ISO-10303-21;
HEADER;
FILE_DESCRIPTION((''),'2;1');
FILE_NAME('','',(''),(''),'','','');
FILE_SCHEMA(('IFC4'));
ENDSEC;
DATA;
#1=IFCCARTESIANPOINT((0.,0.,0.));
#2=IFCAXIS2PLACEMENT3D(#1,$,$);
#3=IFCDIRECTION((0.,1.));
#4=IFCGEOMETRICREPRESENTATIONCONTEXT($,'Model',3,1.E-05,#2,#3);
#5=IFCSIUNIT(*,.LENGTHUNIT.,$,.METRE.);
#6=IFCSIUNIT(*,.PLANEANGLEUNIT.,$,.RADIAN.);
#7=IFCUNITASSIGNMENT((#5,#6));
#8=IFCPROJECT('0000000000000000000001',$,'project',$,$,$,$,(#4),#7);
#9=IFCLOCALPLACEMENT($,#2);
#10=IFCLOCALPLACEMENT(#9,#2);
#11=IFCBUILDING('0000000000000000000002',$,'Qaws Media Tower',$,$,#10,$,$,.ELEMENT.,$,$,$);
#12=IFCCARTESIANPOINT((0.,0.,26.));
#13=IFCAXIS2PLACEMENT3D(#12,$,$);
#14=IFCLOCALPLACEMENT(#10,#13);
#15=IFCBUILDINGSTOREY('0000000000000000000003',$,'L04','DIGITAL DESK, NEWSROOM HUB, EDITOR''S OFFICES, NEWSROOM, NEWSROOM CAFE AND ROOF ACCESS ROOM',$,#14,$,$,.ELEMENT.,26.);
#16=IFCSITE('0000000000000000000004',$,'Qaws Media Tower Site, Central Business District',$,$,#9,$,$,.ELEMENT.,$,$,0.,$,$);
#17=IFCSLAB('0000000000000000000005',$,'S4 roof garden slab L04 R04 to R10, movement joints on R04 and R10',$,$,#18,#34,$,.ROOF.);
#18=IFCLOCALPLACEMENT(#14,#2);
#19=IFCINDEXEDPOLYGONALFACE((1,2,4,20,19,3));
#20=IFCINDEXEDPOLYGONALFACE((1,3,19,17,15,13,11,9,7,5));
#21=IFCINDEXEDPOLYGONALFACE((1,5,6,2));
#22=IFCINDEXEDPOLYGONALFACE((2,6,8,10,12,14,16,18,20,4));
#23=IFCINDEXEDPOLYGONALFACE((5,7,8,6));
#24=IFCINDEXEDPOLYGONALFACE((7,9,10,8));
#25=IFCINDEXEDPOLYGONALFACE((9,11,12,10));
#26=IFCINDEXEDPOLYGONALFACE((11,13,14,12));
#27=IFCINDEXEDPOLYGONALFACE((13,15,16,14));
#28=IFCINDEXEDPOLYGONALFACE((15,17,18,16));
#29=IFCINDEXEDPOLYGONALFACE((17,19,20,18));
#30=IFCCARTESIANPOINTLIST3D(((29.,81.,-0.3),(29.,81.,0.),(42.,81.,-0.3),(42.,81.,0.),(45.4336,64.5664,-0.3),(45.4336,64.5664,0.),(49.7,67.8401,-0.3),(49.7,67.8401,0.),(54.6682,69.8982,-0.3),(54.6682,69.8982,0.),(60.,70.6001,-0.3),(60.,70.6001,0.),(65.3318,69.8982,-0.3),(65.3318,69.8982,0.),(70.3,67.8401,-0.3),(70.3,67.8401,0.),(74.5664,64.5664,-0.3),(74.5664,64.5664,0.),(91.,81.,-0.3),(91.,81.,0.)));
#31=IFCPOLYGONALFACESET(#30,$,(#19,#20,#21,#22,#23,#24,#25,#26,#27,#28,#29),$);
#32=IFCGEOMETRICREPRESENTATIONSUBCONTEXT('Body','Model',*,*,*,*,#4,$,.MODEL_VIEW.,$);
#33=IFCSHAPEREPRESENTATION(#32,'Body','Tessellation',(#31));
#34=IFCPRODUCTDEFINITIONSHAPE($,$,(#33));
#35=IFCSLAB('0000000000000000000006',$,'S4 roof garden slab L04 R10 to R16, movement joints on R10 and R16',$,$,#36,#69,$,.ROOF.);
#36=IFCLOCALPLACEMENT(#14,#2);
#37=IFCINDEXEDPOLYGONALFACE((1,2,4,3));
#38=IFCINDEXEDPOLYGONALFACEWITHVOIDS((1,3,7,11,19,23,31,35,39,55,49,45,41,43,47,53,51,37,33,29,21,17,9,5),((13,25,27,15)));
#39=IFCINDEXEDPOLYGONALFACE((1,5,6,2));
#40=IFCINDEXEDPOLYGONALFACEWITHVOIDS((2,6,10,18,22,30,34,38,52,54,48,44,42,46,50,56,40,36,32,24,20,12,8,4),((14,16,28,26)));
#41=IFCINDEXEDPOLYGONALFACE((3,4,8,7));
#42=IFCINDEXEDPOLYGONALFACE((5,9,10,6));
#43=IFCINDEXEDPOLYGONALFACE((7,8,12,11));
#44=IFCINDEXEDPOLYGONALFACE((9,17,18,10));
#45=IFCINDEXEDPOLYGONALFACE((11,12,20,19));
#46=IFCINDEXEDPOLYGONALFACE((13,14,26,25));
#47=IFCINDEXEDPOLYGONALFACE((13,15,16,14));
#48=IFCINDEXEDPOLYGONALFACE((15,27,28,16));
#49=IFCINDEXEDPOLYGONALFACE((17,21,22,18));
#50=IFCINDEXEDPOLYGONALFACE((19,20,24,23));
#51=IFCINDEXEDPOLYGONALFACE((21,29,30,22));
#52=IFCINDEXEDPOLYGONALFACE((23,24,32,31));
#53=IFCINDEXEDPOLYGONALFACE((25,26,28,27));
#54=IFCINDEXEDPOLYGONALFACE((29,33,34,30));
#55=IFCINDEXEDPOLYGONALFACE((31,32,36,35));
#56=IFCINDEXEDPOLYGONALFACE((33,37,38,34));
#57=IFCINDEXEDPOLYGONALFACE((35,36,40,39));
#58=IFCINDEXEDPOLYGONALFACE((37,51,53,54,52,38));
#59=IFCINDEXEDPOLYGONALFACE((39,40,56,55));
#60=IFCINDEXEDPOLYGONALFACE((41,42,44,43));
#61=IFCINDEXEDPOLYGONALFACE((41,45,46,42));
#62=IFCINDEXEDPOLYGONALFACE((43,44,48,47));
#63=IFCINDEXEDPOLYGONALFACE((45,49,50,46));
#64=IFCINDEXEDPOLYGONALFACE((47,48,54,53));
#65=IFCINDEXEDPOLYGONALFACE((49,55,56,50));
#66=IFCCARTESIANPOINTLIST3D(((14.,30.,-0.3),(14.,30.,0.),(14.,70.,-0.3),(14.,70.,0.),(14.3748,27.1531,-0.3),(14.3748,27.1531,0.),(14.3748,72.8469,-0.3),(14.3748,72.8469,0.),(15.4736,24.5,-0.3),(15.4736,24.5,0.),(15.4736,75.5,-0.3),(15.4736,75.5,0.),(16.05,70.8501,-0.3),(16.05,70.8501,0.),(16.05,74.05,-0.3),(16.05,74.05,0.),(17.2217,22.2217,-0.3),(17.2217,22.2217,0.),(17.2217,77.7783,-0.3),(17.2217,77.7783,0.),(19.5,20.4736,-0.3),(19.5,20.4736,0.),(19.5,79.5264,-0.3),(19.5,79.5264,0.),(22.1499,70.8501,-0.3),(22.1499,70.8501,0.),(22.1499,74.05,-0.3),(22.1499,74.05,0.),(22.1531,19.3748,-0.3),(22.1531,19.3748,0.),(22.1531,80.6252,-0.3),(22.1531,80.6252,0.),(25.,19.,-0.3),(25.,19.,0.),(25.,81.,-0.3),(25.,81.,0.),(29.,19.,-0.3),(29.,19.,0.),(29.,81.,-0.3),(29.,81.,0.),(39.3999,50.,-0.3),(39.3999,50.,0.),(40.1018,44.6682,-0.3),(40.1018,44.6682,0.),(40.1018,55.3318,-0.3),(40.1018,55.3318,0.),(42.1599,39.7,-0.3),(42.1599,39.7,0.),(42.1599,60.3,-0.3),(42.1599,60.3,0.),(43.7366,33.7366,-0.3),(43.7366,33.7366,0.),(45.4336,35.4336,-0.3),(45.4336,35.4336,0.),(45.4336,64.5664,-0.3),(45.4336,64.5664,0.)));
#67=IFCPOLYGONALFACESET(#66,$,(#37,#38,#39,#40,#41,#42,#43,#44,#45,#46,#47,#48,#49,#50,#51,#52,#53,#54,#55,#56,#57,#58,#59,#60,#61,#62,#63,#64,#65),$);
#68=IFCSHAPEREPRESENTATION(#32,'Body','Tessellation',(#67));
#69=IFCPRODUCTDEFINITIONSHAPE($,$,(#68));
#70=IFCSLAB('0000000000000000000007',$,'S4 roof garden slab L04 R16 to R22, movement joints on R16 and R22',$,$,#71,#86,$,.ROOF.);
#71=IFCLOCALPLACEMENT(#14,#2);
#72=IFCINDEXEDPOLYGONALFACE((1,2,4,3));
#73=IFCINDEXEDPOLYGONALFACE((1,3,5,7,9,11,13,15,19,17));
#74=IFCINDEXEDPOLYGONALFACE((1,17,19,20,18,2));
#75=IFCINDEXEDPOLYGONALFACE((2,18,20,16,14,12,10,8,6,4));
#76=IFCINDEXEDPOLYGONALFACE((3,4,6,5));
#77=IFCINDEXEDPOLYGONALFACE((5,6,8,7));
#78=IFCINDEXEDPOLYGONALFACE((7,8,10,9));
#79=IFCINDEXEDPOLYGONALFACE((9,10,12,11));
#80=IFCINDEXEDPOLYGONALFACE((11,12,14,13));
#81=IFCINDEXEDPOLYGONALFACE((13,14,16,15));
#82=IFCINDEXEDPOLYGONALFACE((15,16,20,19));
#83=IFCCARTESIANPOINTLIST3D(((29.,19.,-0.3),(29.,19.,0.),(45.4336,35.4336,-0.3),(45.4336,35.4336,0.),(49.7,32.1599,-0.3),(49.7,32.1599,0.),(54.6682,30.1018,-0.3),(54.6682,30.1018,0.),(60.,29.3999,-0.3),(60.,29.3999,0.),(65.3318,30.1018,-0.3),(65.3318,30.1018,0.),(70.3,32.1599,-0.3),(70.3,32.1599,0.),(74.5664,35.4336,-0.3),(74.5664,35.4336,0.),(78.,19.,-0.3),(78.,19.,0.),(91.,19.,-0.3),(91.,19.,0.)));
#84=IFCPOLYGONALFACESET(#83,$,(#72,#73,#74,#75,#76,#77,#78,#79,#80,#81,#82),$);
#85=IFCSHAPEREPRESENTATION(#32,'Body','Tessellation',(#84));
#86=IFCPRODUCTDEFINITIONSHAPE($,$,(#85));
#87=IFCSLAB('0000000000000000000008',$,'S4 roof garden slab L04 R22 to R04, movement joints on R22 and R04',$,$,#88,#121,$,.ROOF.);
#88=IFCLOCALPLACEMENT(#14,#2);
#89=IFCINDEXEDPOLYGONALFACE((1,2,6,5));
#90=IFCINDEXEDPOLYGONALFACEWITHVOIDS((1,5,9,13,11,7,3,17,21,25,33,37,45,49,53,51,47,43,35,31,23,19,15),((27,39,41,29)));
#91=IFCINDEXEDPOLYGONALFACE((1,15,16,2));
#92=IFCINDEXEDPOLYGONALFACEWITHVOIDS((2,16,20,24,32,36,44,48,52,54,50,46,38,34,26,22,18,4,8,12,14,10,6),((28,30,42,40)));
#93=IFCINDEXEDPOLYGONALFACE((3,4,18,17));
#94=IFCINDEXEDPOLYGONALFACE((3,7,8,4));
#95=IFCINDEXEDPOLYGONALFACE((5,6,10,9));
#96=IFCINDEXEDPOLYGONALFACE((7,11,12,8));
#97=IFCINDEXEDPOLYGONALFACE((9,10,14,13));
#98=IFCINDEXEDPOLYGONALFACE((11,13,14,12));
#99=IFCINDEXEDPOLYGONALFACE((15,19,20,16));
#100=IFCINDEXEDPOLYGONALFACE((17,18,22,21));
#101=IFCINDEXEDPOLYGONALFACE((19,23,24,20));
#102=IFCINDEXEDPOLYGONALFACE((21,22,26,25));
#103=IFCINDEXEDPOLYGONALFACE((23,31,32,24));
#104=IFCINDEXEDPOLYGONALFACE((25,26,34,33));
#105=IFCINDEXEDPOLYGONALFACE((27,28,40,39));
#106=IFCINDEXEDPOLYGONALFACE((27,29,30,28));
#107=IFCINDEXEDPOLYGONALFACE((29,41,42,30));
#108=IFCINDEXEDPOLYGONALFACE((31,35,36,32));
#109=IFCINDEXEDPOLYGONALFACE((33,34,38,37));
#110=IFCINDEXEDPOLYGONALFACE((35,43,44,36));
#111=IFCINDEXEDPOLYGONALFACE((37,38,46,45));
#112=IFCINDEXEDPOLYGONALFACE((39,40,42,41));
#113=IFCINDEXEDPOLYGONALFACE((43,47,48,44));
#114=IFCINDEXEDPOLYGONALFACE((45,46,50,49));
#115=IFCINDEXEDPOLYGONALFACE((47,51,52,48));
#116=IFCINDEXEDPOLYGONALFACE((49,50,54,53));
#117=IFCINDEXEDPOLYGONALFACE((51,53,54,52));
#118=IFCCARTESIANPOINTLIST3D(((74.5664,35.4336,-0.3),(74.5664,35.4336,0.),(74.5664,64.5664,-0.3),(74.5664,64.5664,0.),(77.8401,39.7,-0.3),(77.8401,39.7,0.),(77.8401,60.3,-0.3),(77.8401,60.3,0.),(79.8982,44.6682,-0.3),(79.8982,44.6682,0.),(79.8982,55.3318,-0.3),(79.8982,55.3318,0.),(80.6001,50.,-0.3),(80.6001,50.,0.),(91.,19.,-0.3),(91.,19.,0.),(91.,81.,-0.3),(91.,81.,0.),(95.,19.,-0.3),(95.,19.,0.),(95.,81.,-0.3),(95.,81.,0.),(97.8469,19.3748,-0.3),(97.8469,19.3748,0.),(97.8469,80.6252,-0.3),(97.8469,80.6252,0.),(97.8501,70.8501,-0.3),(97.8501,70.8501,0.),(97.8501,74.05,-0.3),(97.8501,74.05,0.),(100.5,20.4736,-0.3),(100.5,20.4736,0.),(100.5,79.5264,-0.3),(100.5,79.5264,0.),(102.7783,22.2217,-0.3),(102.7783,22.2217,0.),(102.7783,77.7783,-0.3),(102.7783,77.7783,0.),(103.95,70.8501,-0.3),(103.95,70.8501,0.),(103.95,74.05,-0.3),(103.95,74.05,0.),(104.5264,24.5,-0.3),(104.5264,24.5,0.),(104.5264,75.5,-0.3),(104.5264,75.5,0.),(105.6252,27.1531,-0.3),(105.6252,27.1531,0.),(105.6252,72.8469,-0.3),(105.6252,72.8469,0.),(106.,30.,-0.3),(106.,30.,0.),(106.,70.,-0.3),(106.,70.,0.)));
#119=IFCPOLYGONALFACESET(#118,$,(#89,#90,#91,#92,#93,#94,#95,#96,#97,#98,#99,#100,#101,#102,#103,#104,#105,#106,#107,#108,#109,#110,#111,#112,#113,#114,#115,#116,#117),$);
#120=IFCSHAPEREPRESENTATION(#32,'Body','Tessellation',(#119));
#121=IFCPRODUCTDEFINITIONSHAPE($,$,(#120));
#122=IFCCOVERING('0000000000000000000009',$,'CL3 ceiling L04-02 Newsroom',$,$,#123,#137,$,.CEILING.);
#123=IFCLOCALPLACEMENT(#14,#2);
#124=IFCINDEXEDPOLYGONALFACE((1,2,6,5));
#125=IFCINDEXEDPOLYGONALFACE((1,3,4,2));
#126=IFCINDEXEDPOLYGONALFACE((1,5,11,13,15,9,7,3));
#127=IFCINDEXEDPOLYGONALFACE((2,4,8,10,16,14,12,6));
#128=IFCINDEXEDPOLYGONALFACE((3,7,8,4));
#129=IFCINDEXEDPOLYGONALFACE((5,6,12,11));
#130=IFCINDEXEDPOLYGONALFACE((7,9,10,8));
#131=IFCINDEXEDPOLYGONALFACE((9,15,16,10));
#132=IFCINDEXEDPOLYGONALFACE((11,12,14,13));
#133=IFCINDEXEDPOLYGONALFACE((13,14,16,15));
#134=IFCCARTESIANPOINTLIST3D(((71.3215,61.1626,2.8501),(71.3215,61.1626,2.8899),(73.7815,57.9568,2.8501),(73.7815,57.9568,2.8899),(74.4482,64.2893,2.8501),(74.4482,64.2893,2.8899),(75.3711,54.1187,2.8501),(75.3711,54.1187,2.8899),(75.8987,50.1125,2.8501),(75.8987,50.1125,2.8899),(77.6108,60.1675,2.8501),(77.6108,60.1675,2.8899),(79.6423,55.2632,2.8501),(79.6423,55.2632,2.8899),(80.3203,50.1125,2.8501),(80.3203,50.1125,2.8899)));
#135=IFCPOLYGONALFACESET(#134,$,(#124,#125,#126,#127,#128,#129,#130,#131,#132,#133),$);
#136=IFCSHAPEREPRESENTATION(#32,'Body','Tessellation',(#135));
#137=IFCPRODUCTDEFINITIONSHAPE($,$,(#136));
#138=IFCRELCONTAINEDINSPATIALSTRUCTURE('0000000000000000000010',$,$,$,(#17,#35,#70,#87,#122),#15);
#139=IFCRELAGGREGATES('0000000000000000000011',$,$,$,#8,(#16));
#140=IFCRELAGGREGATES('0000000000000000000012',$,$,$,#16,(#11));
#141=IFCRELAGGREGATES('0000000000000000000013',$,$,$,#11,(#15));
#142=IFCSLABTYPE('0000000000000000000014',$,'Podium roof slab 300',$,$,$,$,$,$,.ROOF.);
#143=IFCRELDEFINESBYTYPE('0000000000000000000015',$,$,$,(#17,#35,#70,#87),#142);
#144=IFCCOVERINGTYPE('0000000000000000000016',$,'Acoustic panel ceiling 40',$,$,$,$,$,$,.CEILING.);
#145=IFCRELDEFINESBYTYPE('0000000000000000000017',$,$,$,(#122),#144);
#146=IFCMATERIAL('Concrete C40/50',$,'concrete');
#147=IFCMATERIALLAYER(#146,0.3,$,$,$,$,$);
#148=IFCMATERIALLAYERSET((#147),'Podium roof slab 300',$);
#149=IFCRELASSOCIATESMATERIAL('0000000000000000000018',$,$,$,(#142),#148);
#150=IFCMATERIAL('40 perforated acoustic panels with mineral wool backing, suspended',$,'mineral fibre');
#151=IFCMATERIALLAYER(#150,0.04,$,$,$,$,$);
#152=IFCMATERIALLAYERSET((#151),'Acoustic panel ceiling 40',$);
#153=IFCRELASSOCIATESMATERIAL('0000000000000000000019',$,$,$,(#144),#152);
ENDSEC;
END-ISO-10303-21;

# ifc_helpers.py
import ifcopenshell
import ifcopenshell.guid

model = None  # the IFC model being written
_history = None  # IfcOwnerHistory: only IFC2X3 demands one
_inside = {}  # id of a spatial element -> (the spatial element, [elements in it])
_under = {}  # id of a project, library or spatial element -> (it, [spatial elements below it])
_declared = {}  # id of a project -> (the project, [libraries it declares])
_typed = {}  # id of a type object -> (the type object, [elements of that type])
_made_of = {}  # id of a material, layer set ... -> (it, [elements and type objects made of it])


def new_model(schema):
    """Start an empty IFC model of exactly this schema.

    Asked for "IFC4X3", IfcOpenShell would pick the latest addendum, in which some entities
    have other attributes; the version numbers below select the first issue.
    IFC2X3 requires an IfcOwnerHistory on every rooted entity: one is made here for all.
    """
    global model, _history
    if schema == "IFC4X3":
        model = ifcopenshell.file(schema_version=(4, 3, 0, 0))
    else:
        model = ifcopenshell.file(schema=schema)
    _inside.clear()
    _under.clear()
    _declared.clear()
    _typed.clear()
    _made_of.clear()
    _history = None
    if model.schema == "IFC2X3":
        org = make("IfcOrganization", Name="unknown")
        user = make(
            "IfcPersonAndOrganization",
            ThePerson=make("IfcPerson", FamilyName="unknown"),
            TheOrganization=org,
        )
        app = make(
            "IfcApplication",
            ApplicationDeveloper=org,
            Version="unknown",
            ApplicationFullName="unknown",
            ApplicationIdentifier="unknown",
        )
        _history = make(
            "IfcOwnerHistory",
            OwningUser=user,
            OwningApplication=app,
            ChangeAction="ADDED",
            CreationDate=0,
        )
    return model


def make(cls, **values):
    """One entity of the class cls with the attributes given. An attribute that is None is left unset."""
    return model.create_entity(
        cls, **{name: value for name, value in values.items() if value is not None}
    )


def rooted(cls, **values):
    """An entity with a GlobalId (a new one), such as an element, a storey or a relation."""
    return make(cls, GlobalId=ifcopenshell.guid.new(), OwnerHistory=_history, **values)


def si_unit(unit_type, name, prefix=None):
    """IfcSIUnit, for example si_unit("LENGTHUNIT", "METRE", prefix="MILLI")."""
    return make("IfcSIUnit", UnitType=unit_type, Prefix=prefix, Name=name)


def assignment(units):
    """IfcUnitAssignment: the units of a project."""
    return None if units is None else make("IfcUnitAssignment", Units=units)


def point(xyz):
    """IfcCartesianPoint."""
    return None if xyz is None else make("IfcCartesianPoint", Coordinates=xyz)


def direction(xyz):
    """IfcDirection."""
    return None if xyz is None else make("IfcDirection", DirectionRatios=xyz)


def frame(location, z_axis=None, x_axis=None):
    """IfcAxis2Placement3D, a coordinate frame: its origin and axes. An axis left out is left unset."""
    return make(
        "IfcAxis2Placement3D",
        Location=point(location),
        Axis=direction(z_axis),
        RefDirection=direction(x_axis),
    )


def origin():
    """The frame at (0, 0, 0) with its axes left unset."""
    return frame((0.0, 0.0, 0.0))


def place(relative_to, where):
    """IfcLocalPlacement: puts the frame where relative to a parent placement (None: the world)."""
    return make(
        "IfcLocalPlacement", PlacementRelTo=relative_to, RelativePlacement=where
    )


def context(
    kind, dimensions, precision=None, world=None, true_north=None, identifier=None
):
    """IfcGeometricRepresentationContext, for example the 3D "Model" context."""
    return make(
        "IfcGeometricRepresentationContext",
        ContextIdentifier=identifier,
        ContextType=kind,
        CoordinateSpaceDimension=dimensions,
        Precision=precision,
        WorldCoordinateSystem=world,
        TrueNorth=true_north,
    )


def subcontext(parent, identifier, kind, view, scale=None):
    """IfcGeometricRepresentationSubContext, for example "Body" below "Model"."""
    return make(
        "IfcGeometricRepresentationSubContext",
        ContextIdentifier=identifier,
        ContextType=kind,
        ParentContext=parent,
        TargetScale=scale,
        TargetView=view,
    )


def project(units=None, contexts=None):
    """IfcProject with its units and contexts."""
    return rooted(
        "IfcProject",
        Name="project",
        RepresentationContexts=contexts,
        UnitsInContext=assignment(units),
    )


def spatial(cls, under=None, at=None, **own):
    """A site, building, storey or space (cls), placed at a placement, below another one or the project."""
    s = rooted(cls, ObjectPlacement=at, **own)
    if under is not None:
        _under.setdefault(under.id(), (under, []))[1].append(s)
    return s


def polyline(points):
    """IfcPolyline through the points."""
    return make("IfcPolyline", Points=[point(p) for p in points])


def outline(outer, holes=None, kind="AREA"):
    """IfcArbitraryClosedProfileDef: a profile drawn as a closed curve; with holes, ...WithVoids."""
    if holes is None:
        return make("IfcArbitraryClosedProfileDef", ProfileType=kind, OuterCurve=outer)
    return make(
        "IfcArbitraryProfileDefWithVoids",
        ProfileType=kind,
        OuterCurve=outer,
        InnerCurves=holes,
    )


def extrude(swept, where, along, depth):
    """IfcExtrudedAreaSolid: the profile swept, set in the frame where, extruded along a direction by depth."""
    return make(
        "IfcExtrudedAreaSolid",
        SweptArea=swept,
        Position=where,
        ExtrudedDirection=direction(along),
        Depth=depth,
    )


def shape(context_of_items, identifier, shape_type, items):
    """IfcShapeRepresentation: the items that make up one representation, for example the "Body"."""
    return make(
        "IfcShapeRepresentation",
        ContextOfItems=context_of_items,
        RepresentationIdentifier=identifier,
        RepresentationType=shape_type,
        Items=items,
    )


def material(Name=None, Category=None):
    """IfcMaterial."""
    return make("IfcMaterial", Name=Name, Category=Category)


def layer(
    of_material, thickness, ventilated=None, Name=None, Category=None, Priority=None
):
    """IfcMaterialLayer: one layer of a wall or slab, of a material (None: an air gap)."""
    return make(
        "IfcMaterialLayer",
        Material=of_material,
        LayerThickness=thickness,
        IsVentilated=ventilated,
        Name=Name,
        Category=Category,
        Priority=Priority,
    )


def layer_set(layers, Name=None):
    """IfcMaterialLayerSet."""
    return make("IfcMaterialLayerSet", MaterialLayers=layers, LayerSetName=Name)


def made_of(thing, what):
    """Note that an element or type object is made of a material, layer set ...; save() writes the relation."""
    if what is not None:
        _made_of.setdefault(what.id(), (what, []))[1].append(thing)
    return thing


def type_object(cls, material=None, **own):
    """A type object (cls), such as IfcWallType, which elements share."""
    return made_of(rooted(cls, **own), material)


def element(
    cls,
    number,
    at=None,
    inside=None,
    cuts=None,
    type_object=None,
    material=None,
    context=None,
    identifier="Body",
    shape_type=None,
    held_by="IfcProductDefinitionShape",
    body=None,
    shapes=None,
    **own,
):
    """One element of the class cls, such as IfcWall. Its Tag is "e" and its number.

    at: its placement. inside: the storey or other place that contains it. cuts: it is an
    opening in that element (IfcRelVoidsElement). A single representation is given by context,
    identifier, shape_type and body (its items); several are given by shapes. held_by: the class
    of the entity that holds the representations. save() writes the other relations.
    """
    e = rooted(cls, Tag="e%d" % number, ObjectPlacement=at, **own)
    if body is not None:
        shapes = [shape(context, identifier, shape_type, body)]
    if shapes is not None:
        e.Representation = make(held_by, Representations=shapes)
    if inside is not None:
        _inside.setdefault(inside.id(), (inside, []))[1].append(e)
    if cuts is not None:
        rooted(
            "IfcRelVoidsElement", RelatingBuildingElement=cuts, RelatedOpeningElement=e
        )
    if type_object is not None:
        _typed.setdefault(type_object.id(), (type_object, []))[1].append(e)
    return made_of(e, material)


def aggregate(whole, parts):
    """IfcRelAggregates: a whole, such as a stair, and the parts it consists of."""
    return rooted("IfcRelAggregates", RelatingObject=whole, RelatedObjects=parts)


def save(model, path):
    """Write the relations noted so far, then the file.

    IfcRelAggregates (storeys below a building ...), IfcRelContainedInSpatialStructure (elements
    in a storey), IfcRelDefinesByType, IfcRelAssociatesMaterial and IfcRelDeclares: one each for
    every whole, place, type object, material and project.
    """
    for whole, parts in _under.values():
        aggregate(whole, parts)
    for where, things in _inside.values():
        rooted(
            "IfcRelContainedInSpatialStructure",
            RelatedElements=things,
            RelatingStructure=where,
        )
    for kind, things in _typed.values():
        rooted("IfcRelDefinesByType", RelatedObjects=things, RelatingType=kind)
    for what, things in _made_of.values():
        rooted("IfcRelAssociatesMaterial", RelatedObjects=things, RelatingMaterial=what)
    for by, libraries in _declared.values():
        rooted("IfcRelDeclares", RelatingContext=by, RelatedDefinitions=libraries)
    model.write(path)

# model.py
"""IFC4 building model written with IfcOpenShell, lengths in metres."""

from ifc_helpers import new_model, si_unit, direction, frame, origin, place, context, subcontext, project, spatial, polyline, outline, extrude, material, layer, layer_set, type_object, element, save


model = new_model("IFC4")

# Units and contexts
model_context = context("Model", 3, precision=1e-05, world=origin(), true_north=direction((0.0, 1.0)))
body_context = subcontext(model_context, "Body", "Model", "MODEL_VIEW")
ifc_project = project(units=[si_unit("LENGTHUNIT", "METRE"), si_unit("PLANEANGLEUNIT", "RADIAN")], contexts=[model_context])

# Site, building, storey
site_placement = place(None, origin())
site = spatial("IfcSite", under=ifc_project, at=site_placement, Name="Qaws Media Tower Site, Central Business District", CompositionType="ELEMENT", RefElevation=0.0)
building_placement = place(site_placement, origin())
building = spatial("IfcBuilding", under=site, at=building_placement, Name="Qaws Media Tower", CompositionType="ELEMENT")
storey_placement = place(building_placement, frame((0.0, 0.0, 26.0)))
storey = spatial("IfcBuildingStorey", under=building, at=storey_placement, Name="L04", Description="DIGITAL DESK, NEWSROOM HUB, EDITOR'S OFFICES, NEWSROOM, NEWSROOM CAFE AND ROOF ACCESS ROOM", CompositionType="ELEMENT", Elevation=26.0)

# Slabs
ifc_material_1 = material(Name="Concrete C40/50", Category="concrete")
ifc_layer_1 = layer(ifc_material_1, 0.3)
ifc_layer_set_1 = layer_set([ifc_layer_1], Name="Podium roof slab 300")
slab_type_1 = type_object("IfcSlabType", Name="Podium roof slab 300", PredefinedType="ROOF", material=ifc_layer_set_1)
slab_1_placement = place(storey_placement, frame((0.0, 0.0, -0.3)))
element("IfcSlab", 1, at=slab_1_placement, inside=storey, type_object=slab_type_1, Name="S4 roof garden slab L04 R04 to R10, movement joints on R04 and R10", PredefinedType="ROOF", context=body_context, shape_type="SweptSolid", body=[
    extrude(outline(polyline([(29.0, 81.0), (42.0, 81.0), (91.0, 81.0), (74.5664, 64.5664), (70.3, 67.8401), (65.3318, 69.8982), (60.0, 70.6001), (54.6682, 69.8982), (49.7, 67.8401), (45.4336, 64.5664), (29.0, 81.0)])), origin(), (0.0, 0.0, 1.0), 0.3),
])
slab_2_placement = place(storey_placement, frame((0.0, 0.0, -0.3)))
element("IfcSlab", 2, at=slab_2_placement, inside=storey, type_object=slab_type_1, Name="S4 roof garden slab L04 R10 to R16, movement joints on R10 and R16", PredefinedType="ROOF", context=body_context, shape_type="SweptSolid", body=[
    extrude(outline(polyline([(22.1531, 19.3748), (19.5, 20.4736), (17.2217, 22.2217), (15.4736, 24.5), (14.3748, 27.1531), (14.0, 30.0), (14.0, 70.0), (14.3748, 72.8469), (15.4736, 75.5), (17.2217, 77.7783), (19.5, 79.5264), (22.1531, 80.6252), (25.0, 81.0), (29.0, 81.0), (45.4336, 64.5664), (42.1599, 60.3), (40.1018, 55.3318), (39.3999, 50.0), (40.1018, 44.6682), (42.1599, 39.7), (45.4336, 35.4336), (43.7366, 33.7366), (29.0, 19.0), (25.0, 19.0), (22.1531, 19.3748)]), holes=[polyline([(22.1499, 74.05), (16.05, 74.05), (16.05, 70.8501), (22.1499, 70.8501), (22.1499, 74.05)])]), origin(), (0.0, 0.0, 1.0), 0.3),
])
slab_3_placement = place(storey_placement, frame((0.0, 0.0, -0.3)))
element("IfcSlab", 3, at=slab_3_placement, inside=storey, type_object=slab_type_1, Name="S4 roof garden slab L04 R16 to R22, movement joints on R16 and R22", PredefinedType="ROOF", context=body_context, shape_type="SweptSolid", body=[
    extrude(outline(polyline([(91.0, 19.0), (78.0, 19.0), (29.0, 19.0), (45.4336, 35.4336), (49.7, 32.1599), (54.6682, 30.1018), (60.0, 29.3999), (65.3318, 30.1018), (70.3, 32.1599), (74.5664, 35.4336), (91.0, 19.0)])), origin(), (0.0, 0.0, 1.0), 0.3),
])
slab_4_placement = place(storey_placement, frame((0.0, 0.0, -0.3)))
element("IfcSlab", 4, at=slab_4_placement, inside=storey, type_object=slab_type_1, Name="S4 roof garden slab L04 R22 to R04, movement joints on R22 and R04", PredefinedType="ROOF", context=body_context, shape_type="SweptSolid", body=[
    extrude(outline(polyline([(95.0, 81.0), (97.8469, 80.6252), (100.5, 79.5264), (102.7783, 77.7783), (104.5264, 75.5), (105.6252, 72.8469), (106.0, 70.0), (106.0, 30.0), (105.6252, 27.1531), (104.5264, 24.5), (102.7783, 22.2217), (100.5, 20.4736), (97.8469, 19.3748), (95.0, 19.0), (91.0, 19.0), (74.5664, 35.4336), (77.8401, 39.7), (79.8982, 44.6682), (80.6001, 50.0), (79.8982, 55.3318), (77.8401, 60.3), (74.5664, 64.5664), (91.0, 81.0), (95.0, 81.0)]), holes=[polyline([(103.95, 74.05), (97.8501, 74.05), (97.8501, 70.8501), (103.95, 70.8501), (103.95, 74.05)])]), origin(), (0.0, 0.0, 1.0), 0.3),
])

# Covering
ifc_material_2 = material(Name="40 perforated acoustic panels with mineral wool backing, suspended", Category="mineral fibre")
ifc_layer_2 = layer(ifc_material_2, 0.04)
ifc_layer_set_2 = layer_set([ifc_layer_2], Name="Acoustic panel ceiling 40")
covering_type_1 = type_object("IfcCoveringType", Name="Acoustic panel ceiling 40", PredefinedType="CEILING", material=ifc_layer_set_2)
covering_1_placement = place(storey_placement, frame((0.0, 0.0, 2.8501)))
element("IfcCovering", 5, at=covering_1_placement, inside=storey, type_object=covering_type_1, Name="CL3 ceiling L04-02 Newsroom", PredefinedType="CEILING", context=body_context, shape_type="SweptSolid", body=[
    extrude(outline(polyline([(77.6108, 60.1675), (79.6423, 55.2632), (80.3203, 50.1125), (75.8987, 50.1125), (75.3711, 54.1187), (73.7815, 57.9568), (71.3215, 61.1626), (74.4482, 64.2893), (77.6108, 60.1675)])), origin(), (0.0, 0.0, 1.0), 0.0398),
])

save(model, "model.ifc")
